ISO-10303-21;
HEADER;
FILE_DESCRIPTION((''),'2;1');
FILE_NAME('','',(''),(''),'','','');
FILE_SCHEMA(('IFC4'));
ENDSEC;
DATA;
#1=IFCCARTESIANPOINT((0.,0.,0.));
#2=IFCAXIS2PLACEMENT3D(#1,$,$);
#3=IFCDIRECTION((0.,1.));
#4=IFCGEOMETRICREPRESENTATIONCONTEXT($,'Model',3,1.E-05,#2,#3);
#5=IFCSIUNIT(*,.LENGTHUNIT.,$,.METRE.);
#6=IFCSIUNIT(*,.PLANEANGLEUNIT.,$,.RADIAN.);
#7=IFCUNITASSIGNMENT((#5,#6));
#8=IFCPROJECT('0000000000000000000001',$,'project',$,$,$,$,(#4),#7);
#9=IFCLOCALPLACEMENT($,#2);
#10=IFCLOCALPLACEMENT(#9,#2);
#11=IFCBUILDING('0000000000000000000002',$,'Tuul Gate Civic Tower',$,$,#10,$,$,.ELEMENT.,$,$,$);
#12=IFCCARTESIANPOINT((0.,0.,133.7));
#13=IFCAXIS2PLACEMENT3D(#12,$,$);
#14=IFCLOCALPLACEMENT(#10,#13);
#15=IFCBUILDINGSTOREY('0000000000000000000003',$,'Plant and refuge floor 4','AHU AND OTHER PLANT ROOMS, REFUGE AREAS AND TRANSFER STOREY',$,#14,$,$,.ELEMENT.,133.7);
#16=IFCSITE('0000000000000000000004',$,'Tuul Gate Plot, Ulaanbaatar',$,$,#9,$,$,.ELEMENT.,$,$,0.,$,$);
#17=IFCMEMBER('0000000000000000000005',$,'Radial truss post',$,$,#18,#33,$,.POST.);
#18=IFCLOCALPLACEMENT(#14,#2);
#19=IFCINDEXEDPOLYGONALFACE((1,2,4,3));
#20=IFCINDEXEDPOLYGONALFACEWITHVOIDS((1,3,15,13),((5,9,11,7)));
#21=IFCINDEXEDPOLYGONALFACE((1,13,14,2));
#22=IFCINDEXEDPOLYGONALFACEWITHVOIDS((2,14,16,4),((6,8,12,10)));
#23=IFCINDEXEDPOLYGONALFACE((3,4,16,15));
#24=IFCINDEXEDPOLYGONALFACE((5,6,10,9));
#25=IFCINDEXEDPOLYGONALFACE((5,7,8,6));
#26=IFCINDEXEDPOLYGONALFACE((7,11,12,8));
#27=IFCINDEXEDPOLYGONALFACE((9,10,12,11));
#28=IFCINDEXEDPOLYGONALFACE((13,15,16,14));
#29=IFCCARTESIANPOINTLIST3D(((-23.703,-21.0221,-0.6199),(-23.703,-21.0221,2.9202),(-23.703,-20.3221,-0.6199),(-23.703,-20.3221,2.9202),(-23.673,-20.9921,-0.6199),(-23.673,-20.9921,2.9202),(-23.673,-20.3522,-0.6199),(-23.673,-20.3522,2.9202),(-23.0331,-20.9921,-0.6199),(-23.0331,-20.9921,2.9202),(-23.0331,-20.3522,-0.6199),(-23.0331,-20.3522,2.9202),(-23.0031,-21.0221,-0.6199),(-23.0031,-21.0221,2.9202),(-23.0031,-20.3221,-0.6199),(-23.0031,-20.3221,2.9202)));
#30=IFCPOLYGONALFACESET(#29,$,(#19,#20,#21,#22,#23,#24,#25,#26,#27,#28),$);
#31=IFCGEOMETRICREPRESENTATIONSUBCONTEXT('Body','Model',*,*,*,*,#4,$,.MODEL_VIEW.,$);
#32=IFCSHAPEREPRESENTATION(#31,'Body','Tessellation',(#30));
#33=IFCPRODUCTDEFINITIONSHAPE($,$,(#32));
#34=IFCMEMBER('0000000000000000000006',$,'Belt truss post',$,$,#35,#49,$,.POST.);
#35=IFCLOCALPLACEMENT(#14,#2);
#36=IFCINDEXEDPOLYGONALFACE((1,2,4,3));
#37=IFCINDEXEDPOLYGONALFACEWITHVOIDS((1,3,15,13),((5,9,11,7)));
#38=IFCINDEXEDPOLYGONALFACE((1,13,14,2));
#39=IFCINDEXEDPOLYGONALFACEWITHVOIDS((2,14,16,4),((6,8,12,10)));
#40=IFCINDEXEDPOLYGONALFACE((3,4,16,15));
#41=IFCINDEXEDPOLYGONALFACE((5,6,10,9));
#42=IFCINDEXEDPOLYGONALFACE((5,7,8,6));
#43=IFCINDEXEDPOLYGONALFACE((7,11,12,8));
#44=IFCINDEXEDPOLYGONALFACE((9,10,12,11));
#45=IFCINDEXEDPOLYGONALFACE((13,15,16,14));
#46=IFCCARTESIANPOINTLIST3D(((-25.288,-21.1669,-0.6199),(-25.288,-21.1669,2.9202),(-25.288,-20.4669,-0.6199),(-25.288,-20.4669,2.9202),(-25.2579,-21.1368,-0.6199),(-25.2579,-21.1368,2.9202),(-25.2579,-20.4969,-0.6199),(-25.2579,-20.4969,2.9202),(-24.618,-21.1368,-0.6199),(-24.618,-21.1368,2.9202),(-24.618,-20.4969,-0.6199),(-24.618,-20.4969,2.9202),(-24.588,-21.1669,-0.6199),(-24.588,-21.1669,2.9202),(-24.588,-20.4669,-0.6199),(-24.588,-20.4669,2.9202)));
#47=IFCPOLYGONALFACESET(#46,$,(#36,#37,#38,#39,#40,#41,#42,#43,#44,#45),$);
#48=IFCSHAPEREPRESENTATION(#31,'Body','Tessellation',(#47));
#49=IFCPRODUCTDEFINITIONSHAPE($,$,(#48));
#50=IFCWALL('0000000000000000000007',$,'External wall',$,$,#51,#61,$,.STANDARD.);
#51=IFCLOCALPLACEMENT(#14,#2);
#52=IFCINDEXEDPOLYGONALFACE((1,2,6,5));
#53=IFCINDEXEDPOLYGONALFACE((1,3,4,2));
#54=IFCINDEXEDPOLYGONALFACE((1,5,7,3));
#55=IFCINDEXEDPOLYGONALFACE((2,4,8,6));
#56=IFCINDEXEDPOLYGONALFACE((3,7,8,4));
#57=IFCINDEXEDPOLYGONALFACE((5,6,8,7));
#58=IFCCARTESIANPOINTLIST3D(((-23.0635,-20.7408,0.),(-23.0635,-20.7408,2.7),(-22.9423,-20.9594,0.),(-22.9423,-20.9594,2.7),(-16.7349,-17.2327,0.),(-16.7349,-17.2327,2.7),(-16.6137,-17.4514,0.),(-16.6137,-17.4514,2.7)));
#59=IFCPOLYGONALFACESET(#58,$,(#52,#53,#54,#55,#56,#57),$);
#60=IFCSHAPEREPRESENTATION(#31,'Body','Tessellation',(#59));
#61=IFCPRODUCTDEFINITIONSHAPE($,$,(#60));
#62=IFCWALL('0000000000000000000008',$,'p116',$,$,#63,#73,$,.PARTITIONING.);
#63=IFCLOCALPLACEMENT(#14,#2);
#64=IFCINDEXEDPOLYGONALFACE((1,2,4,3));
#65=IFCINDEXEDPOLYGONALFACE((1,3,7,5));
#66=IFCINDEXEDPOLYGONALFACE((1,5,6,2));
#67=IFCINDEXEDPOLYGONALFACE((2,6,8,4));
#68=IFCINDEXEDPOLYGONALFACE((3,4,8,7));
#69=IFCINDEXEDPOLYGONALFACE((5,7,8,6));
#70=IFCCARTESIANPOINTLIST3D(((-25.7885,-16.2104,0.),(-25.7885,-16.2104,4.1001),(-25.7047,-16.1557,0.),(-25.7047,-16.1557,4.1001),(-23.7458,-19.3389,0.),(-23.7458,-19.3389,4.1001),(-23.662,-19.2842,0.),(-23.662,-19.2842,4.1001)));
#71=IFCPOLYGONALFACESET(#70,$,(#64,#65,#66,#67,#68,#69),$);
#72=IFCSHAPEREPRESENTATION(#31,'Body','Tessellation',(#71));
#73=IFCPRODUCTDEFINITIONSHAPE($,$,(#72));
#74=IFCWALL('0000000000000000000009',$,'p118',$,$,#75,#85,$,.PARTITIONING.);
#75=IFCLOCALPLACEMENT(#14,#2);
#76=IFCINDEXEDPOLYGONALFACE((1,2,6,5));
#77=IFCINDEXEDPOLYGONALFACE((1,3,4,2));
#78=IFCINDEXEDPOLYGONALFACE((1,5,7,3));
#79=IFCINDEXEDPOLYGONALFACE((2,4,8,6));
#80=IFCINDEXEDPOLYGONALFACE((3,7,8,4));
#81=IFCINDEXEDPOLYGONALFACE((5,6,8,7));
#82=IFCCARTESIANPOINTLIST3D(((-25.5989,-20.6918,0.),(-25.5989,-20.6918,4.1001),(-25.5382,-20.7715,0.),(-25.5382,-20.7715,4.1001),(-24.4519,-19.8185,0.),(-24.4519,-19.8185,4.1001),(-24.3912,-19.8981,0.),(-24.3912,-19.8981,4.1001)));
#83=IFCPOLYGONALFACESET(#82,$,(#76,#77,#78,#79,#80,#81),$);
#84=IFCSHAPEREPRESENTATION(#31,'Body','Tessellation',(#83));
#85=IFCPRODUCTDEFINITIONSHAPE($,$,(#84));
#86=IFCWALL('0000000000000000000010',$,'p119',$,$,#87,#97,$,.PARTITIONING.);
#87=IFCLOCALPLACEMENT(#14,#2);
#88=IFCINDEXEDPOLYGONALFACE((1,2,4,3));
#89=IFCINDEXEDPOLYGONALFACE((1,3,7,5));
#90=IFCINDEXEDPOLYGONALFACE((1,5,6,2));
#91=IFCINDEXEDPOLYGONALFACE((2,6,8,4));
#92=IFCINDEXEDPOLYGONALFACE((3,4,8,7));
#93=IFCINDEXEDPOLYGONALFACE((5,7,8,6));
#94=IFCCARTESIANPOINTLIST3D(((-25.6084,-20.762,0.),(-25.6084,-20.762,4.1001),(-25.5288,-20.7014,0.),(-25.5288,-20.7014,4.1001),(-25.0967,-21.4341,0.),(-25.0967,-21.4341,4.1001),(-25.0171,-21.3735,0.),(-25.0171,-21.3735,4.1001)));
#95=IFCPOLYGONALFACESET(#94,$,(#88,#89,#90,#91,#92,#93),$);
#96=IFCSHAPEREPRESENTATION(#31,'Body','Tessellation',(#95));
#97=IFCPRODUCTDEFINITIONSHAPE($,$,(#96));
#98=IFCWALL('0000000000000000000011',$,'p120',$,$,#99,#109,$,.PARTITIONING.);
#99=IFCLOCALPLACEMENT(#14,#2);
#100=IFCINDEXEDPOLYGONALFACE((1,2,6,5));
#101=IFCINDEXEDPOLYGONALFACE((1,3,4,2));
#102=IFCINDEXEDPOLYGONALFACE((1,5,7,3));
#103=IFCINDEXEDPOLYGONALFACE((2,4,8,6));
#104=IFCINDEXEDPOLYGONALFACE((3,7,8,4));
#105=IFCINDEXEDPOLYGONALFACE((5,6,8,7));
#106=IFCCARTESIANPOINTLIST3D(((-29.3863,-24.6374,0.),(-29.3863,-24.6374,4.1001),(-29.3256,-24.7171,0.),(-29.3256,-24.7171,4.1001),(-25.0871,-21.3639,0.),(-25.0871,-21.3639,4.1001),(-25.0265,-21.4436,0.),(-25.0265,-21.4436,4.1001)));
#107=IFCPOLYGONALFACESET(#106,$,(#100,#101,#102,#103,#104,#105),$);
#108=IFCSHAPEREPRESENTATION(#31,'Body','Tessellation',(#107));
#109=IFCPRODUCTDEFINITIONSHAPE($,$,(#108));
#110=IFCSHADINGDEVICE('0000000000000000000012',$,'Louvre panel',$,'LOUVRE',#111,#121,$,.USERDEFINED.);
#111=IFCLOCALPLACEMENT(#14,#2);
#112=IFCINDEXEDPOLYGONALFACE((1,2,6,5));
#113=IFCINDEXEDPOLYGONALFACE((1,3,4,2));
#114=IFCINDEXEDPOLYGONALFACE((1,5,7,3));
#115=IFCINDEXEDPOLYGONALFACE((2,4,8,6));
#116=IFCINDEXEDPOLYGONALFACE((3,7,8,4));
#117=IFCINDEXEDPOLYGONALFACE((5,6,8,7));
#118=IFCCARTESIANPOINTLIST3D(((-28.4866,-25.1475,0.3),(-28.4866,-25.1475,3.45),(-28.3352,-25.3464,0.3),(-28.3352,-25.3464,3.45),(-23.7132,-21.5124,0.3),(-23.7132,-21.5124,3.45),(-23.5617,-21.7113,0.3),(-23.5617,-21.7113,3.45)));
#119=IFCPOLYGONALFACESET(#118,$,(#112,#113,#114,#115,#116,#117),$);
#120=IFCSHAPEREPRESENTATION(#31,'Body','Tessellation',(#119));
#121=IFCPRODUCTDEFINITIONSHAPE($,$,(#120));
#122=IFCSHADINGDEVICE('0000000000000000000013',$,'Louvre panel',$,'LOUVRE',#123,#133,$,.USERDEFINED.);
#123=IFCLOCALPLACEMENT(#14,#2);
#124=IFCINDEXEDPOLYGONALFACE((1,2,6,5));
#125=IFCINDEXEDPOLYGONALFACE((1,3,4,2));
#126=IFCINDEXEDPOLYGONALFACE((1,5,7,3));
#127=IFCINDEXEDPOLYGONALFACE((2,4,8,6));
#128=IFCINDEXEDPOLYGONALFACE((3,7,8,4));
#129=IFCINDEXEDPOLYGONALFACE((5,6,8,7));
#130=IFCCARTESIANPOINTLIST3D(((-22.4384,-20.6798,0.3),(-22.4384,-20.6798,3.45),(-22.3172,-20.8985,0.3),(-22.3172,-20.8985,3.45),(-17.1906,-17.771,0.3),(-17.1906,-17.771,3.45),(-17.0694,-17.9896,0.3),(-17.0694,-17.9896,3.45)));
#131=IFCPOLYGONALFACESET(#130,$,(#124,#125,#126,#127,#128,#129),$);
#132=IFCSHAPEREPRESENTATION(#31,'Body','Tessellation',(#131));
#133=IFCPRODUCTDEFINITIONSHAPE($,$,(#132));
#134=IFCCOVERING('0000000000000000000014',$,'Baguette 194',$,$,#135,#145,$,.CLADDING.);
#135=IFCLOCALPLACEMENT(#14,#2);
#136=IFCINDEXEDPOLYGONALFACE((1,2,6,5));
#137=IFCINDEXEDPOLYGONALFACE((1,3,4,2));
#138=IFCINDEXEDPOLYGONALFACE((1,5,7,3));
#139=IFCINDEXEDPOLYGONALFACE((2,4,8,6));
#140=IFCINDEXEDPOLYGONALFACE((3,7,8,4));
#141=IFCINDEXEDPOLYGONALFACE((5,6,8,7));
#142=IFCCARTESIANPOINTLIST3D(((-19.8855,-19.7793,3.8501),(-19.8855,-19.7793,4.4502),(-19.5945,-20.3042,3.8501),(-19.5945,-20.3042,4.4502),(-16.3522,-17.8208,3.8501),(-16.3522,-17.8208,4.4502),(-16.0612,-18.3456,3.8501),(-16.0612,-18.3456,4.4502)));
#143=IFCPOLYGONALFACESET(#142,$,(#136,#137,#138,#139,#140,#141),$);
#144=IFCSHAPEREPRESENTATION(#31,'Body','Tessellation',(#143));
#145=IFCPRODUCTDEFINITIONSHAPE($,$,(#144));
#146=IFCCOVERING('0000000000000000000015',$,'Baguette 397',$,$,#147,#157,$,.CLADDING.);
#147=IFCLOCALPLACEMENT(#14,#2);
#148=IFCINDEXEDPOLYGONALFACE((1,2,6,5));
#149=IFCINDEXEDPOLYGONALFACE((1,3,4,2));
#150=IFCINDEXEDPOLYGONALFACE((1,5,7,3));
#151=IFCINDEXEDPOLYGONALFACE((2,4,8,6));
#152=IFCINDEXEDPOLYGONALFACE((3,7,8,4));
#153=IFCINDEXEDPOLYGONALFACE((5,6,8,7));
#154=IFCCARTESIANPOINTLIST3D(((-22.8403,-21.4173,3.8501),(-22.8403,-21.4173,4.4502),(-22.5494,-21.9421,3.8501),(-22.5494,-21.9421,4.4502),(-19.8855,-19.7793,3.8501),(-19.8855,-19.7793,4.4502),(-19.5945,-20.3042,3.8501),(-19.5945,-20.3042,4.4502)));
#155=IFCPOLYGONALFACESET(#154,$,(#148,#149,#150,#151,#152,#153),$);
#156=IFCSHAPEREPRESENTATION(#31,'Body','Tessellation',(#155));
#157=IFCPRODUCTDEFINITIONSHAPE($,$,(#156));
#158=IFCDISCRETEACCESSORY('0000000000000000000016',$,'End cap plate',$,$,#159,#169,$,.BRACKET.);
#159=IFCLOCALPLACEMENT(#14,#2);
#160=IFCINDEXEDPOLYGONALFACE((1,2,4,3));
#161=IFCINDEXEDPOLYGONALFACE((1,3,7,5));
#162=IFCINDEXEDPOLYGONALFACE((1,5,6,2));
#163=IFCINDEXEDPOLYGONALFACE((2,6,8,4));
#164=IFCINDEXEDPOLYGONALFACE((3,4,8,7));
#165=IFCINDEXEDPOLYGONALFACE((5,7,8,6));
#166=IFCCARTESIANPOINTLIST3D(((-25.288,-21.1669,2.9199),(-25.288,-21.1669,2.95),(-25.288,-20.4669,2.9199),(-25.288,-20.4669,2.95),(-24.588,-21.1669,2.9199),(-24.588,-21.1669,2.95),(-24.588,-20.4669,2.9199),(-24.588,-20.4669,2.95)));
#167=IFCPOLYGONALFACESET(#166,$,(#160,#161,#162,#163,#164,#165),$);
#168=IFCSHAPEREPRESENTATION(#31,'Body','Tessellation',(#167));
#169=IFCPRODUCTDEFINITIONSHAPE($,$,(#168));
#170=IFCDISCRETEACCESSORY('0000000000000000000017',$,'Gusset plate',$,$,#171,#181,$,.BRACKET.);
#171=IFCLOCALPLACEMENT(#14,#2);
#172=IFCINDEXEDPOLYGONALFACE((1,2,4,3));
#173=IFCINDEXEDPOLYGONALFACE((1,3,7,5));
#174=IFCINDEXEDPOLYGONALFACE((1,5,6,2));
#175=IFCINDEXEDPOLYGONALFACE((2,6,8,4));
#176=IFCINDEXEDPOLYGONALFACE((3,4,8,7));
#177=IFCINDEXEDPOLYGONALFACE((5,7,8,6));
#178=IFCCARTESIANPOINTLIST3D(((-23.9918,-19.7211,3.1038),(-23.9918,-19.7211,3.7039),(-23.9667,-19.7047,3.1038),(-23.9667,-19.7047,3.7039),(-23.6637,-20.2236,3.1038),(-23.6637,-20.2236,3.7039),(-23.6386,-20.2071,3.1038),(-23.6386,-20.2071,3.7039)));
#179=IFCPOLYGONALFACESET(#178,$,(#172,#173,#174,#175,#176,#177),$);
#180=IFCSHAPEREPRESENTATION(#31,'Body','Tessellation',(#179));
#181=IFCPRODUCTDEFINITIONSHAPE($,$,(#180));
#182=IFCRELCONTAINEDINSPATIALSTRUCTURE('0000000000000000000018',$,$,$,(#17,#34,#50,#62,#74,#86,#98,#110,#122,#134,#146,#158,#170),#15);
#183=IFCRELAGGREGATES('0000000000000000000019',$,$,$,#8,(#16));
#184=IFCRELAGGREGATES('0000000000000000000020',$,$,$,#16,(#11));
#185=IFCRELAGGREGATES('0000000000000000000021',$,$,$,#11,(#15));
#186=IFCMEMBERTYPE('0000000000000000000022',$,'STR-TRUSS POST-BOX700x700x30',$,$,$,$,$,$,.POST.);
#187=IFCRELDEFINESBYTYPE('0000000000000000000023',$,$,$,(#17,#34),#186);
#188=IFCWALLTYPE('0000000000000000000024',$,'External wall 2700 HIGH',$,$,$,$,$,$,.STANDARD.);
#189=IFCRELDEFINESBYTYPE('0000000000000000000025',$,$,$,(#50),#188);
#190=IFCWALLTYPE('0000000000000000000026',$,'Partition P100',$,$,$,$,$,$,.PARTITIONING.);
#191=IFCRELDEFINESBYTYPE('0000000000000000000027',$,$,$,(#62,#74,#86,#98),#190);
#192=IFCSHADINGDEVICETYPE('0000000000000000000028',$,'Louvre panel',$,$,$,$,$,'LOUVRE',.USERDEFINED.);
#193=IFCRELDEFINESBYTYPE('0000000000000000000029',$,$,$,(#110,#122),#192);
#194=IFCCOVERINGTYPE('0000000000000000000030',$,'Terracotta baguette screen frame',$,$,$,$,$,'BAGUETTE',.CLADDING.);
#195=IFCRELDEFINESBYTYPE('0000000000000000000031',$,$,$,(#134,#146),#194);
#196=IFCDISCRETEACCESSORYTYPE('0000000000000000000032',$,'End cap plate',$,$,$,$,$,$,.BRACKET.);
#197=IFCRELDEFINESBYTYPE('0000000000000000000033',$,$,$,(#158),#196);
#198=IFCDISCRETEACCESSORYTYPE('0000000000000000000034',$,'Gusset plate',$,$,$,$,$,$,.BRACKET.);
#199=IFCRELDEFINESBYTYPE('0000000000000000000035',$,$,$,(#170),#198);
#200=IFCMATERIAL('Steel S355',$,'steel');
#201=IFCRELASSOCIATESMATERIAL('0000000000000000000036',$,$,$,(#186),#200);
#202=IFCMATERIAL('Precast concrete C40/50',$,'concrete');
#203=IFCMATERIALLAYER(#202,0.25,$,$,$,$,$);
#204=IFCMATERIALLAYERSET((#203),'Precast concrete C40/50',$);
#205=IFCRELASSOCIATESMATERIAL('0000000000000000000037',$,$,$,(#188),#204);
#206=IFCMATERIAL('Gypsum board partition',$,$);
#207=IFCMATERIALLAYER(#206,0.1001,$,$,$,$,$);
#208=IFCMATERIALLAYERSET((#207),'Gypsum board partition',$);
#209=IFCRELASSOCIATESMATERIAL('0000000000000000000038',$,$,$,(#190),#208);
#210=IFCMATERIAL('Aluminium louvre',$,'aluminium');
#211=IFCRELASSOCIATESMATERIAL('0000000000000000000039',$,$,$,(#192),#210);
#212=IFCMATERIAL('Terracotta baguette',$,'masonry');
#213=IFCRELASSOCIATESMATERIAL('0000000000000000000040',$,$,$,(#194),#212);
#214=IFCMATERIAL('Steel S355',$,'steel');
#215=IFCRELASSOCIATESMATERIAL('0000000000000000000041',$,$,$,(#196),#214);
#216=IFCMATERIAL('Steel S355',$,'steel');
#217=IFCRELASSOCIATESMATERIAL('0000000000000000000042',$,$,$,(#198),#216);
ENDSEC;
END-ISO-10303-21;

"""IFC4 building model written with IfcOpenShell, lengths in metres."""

from ifc_helpers import new_model, si_unit, direction, frame, frame_2d, origin, origin_2d, place, context, subcontext, project, spatial, rectangle, hollow_rectangle, extrude, material, layer, layer_set, material_profile, profile_set, type_object, element, save


model = new_model("IFC4")

# Units and contexts
model_context = context("Model", 3, precision=1e-05, world=origin(), true_north=direction((0.0, 1.0)))
body_context = subcontext(model_context, "Body", "Model", "MODEL_VIEW")
ifc_project = project(units=[si_unit("LENGTHUNIT", "METRE"), si_unit("PLANEANGLEUNIT", "RADIAN")], contexts=[model_context])

# Site, building, storey
site_placement = place(None, origin())
site = spatial("IfcSite", under=ifc_project, at=site_placement, Name="Tuul Gate Plot, Ulaanbaatar", CompositionType="ELEMENT", RefElevation=0.0)
building_placement = place(site_placement, origin())
building = spatial("IfcBuilding", under=site, at=building_placement, Name="Tuul Gate Civic Tower", CompositionType="ELEMENT")
storey_placement = place(building_placement, frame((0.0, 0.0, 133.7)))
storey = spatial("IfcBuildingStorey", under=building, at=storey_placement, Name="Plant and refuge floor 4", Description="AHU AND OTHER PLANT ROOMS, REFUGE AREAS AND TRANSFER STOREY", CompositionType="ELEMENT", Elevation=133.7)

# Members
ifc_material_1 = material(Name="Steel S355", Category="steel")
ifc_material_profile_1 = material_profile(ifc_material_1, hollow_rectangle(XDim=0.7, YDim=0.7, WallThickness=0.03, at=origin_2d()), Name="BOX700x700x30")
ifc_profile_set_1 = profile_set([ifc_material_profile_1], Name="Steel S355")
member_type_1 = type_object("IfcMemberType", Name="STR-TRUSS POST-BOX700x700x30", PredefinedType="POST", material=ifc_profile_set_1)
for number, where, z_axis, x_axis, name in (
    (1, (-23.353, -20.6721, -0.6199), (0.0, 0.0, 1.0), (1.0, 0.0, 0.0), "Radial truss post"),
    (2, (-24.938, -20.8169, -0.6199), (0.0, 0.0, 1.0), (1.0, 0.0, 0.0), "Belt truss post"),
):
    element("IfcMember", number, at=place(storey_placement, frame(where, z_axis=z_axis, x_axis=x_axis)), inside=storey, type_object=member_type_1, Name=name, PredefinedType="POST", context=body_context, shape_type="SweptSolid", body=[
        extrude(hollow_rectangle(XDim=0.7, YDim=0.7, WallThickness=0.03, at=origin_2d()), origin(), (0.0, 0.0, 1.0), 3.54),
    ])

# Walls
ifc_material_2 = material(Name="Precast concrete C40/50", Category="concrete")
ifc_layer_1 = layer(ifc_material_2, 0.25)
ifc_layer_set_1 = layer_set([ifc_layer_1], Name="Precast concrete C40/50")
wall_type_1 = type_object("IfcWallType", Name="External wall 2700 HIGH", PredefinedType="STANDARD", material=ifc_layer_set_1)
wall_1_placement = place(storey_placement, frame((-23.0029, -20.8501, 0.0), z_axis=(0.0, 0.0, 1.0), x_axis=(0.874617, 0.484815, 0.0)))
element("IfcWall", 3, at=wall_1_placement, inside=storey, type_object=wall_type_1, Name="External wall", PredefinedType="STANDARD", context=body_context, shape_type="SweptSolid", body=[
    extrude(rectangle(XDim=7.2358, YDim=0.25, at=frame_2d((3.6179, 0.0))), origin(), (0.0, 0.0, 1.0), 2.7),
])
ifc_material_3 = material(Name="Gypsum board partition")
ifc_layer_2 = layer(ifc_material_3, 0.1001)
ifc_layer_set_2 = layer_set([ifc_layer_2], Name="Gypsum board partition")
wall_type_2 = type_object("IfcWallType", Name="Partition P100", PredefinedType="PARTITIONING", material=ifc_layer_set_2)
wall_2_placement = place(storey_placement, frame((-23.7039, -19.3115, 0.0), z_axis=(0.0, 0.0, 1.0), x_axis=(-0.546728, 0.83731, 0.0)))
element("IfcWall", 4, at=wall_2_placement, inside=storey, type_object=wall_type_2, Name="p116", PredefinedType="PARTITIONING", context=body_context, shape_type="SweptSolid", body=[
    extrude(rectangle(XDim=3.7363, YDim=0.1001, at=frame_2d((1.8682, 0.0))), origin(), (0.0, 0.0, 1.0), 4.1001),
])
wall_3_placement = place(storey_placement, frame((-24.4216, -19.8584, 0.0), z_axis=(0.0, 0.0, 1.0), x_axis=(-0.79563, -0.605783, 0.0)))
element("IfcWall", 5, at=wall_3_placement, inside=storey, type_object=wall_type_2, Name="p118", PredefinedType="PARTITIONING", context=body_context, shape_type="SweptSolid", body=[
    extrude(rectangle(XDim=1.4417, YDim=0.1001, at=frame_2d((0.7207, 0.0))), origin(), (0.0, 0.0, 1.0), 4.1001),
])
wall_4_placement = place(storey_placement, frame((-25.5686, -20.7317, 0.0), z_axis=(0.0, 0.0, 1.0), x_axis=(0.605765, -0.795644, 0.0)))
element("IfcWall", 6, at=wall_4_placement, inside=storey, type_object=wall_type_2, Name="p119", PredefinedType="PARTITIONING", context=body_context, shape_type="SweptSolid", body=[
    extrude(rectangle(XDim=0.8447, YDim=0.1001, at=frame_2d((0.4224, 0.0))), origin(), (0.0, 0.0, 1.0), 4.1001),
])
wall_5_placement = place(storey_placement, frame((-25.0569, -21.4038, 0.0), z_axis=(0.0, 0.0, 1.0), x_axis=(-0.795614, -0.605804, 0.0)))
element("IfcWall", 7, at=wall_5_placement, inside=storey, type_object=wall_type_2, Name="p120", PredefinedType="PARTITIONING", context=body_context, shape_type="SweptSolid", body=[
    extrude(rectangle(XDim=5.4036, YDim=0.1001, at=frame_2d((2.7017, 0.0))), origin(), (0.0, 0.0, 1.0), 4.1001),
])

# Shading devices
ifc_material_4 = material(Name="Aluminium louvre", Category="aluminium")
shading_device_type = type_object("IfcShadingDeviceType", Name="Louvre panel", ElementType="LOUVRE", PredefinedType="USERDEFINED", material=ifc_material_4)
for number, where, z_axis, x_axis, name in (
    (8, (-26.0242, -23.4294, 0.3), (0.0, 0.0, 1.0), (0.605851, -0.795578, 0.0), "Louvre panel"),
    (9, (-19.7539, -19.3347, 0.3), (0.0, 0.0, 1.0), (0.484808, -0.874621, 0.0), "Louvre panel"),
):
    element("IfcShadingDevice", number, at=place(storey_placement, frame(where, z_axis=z_axis, x_axis=x_axis)), inside=storey, type_object=shading_device_type, Name=name, ObjectType="LOUVRE", PredefinedType="USERDEFINED", context=body_context, shape_type="SweptSolid", body=[
        extrude(rectangle(XDim=0.25, YDim=6.0, at=origin_2d()), origin(), (0.0, 0.0, 1.0), 3.1499),
    ])

# Coverings
ifc_material_5 = material(Name="Terracotta baguette", Category="masonry")
ifc_material_profile_2 = material_profile(ifc_material_5, rectangle(XDim=0.6001, YDim=0.6001, at=origin_2d()), Name="Terracotta baguette screen frame")
ifc_profile_set_2 = profile_set([ifc_material_profile_2], Name="Terracotta baguette")
covering_type = type_object("IfcCoveringType", Name="Terracotta baguette screen frame", ElementType="BAGUETTE", PredefinedType="CLADDING", material=ifc_profile_set_2)
covering_1_placement = place(storey_placement, frame((-19.74, -20.0417, 4.1501), z_axis=(0.874619, 0.484811, 0.0), x_axis=(-0.484811, 0.874619, 0.0)))
element("IfcCovering", 10, at=covering_1_placement, inside=storey, type_object=covering_type, Name="Baguette 194", PredefinedType="CLADDING", context=body_context, shape_type="SweptSolid", body=[
    extrude(rectangle(XDim=0.6001, YDim=0.6001, at=origin_2d()), origin(), (0.0, 0.0, 1.0), 4.0398),
])
covering_2_placement = place(storey_placement, frame((-22.6948, -21.6797, 4.1501), z_axis=(0.874614, 0.484821, 0.0), x_axis=(-0.484821, 0.874614, 0.0)))
element("IfcCovering", 11, at=covering_2_placement, inside=storey, type_object=covering_type, Name="Baguette 397", PredefinedType="CLADDING", context=body_context, shape_type="SweptSolid", body=[
    extrude(rectangle(XDim=0.6001, YDim=0.6001, at=origin_2d()), origin(), (0.0, 0.0, 1.0), 3.3784),
])

# Discrete accessories
ifc_material_6 = material(Name="Steel S355", Category="steel")
discrete_accessory_type_1 = type_object("IfcDiscreteAccessoryType", Name="End cap plate", PredefinedType="BRACKET", material=ifc_material_6)
discrete_accessory_1_placement = place(storey_placement, frame((-24.938, -20.8169, 2.9199), z_axis=(0.0, 0.0, 1.0), x_axis=(1.0, 0.0, 0.0)))
element("IfcDiscreteAccessory", 12, at=discrete_accessory_1_placement, inside=storey, type_object=discrete_accessory_type_1, Name="End cap plate", PredefinedType="BRACKET", context=body_context, shape_type="SweptSolid", body=[
    extrude(rectangle(XDim=0.7, YDim=0.7, at=origin_2d()), origin(), (0.0, 0.0, 1.0), 0.03),
])
ifc_material_7 = material(Name="Steel S355", Category="steel")
discrete_accessory_type_2 = type_object("IfcDiscreteAccessoryType", Name="Gusset plate", PredefinedType="BRACKET", material=ifc_material_7)
discrete_accessory_2_placement = place(storey_placement, frame((-23.8152, -19.9641, 3.1038), z_axis=(0.0, 0.0, 1.0), x_axis=(-0.546711, 0.837322, 0.0)))
element("IfcDiscreteAccessory", 13, at=discrete_accessory_2_placement, inside=storey, type_object=discrete_accessory_type_2, Name="Gusset plate", PredefinedType="BRACKET", context=body_context, shape_type="SweptSolid", body=[
    extrude(rectangle(XDim=0.6001, YDim=0.03, at=origin_2d()), origin(), (0.0, 0.0, 1.0), 0.6001),
])

save(model, "model.ifc")
